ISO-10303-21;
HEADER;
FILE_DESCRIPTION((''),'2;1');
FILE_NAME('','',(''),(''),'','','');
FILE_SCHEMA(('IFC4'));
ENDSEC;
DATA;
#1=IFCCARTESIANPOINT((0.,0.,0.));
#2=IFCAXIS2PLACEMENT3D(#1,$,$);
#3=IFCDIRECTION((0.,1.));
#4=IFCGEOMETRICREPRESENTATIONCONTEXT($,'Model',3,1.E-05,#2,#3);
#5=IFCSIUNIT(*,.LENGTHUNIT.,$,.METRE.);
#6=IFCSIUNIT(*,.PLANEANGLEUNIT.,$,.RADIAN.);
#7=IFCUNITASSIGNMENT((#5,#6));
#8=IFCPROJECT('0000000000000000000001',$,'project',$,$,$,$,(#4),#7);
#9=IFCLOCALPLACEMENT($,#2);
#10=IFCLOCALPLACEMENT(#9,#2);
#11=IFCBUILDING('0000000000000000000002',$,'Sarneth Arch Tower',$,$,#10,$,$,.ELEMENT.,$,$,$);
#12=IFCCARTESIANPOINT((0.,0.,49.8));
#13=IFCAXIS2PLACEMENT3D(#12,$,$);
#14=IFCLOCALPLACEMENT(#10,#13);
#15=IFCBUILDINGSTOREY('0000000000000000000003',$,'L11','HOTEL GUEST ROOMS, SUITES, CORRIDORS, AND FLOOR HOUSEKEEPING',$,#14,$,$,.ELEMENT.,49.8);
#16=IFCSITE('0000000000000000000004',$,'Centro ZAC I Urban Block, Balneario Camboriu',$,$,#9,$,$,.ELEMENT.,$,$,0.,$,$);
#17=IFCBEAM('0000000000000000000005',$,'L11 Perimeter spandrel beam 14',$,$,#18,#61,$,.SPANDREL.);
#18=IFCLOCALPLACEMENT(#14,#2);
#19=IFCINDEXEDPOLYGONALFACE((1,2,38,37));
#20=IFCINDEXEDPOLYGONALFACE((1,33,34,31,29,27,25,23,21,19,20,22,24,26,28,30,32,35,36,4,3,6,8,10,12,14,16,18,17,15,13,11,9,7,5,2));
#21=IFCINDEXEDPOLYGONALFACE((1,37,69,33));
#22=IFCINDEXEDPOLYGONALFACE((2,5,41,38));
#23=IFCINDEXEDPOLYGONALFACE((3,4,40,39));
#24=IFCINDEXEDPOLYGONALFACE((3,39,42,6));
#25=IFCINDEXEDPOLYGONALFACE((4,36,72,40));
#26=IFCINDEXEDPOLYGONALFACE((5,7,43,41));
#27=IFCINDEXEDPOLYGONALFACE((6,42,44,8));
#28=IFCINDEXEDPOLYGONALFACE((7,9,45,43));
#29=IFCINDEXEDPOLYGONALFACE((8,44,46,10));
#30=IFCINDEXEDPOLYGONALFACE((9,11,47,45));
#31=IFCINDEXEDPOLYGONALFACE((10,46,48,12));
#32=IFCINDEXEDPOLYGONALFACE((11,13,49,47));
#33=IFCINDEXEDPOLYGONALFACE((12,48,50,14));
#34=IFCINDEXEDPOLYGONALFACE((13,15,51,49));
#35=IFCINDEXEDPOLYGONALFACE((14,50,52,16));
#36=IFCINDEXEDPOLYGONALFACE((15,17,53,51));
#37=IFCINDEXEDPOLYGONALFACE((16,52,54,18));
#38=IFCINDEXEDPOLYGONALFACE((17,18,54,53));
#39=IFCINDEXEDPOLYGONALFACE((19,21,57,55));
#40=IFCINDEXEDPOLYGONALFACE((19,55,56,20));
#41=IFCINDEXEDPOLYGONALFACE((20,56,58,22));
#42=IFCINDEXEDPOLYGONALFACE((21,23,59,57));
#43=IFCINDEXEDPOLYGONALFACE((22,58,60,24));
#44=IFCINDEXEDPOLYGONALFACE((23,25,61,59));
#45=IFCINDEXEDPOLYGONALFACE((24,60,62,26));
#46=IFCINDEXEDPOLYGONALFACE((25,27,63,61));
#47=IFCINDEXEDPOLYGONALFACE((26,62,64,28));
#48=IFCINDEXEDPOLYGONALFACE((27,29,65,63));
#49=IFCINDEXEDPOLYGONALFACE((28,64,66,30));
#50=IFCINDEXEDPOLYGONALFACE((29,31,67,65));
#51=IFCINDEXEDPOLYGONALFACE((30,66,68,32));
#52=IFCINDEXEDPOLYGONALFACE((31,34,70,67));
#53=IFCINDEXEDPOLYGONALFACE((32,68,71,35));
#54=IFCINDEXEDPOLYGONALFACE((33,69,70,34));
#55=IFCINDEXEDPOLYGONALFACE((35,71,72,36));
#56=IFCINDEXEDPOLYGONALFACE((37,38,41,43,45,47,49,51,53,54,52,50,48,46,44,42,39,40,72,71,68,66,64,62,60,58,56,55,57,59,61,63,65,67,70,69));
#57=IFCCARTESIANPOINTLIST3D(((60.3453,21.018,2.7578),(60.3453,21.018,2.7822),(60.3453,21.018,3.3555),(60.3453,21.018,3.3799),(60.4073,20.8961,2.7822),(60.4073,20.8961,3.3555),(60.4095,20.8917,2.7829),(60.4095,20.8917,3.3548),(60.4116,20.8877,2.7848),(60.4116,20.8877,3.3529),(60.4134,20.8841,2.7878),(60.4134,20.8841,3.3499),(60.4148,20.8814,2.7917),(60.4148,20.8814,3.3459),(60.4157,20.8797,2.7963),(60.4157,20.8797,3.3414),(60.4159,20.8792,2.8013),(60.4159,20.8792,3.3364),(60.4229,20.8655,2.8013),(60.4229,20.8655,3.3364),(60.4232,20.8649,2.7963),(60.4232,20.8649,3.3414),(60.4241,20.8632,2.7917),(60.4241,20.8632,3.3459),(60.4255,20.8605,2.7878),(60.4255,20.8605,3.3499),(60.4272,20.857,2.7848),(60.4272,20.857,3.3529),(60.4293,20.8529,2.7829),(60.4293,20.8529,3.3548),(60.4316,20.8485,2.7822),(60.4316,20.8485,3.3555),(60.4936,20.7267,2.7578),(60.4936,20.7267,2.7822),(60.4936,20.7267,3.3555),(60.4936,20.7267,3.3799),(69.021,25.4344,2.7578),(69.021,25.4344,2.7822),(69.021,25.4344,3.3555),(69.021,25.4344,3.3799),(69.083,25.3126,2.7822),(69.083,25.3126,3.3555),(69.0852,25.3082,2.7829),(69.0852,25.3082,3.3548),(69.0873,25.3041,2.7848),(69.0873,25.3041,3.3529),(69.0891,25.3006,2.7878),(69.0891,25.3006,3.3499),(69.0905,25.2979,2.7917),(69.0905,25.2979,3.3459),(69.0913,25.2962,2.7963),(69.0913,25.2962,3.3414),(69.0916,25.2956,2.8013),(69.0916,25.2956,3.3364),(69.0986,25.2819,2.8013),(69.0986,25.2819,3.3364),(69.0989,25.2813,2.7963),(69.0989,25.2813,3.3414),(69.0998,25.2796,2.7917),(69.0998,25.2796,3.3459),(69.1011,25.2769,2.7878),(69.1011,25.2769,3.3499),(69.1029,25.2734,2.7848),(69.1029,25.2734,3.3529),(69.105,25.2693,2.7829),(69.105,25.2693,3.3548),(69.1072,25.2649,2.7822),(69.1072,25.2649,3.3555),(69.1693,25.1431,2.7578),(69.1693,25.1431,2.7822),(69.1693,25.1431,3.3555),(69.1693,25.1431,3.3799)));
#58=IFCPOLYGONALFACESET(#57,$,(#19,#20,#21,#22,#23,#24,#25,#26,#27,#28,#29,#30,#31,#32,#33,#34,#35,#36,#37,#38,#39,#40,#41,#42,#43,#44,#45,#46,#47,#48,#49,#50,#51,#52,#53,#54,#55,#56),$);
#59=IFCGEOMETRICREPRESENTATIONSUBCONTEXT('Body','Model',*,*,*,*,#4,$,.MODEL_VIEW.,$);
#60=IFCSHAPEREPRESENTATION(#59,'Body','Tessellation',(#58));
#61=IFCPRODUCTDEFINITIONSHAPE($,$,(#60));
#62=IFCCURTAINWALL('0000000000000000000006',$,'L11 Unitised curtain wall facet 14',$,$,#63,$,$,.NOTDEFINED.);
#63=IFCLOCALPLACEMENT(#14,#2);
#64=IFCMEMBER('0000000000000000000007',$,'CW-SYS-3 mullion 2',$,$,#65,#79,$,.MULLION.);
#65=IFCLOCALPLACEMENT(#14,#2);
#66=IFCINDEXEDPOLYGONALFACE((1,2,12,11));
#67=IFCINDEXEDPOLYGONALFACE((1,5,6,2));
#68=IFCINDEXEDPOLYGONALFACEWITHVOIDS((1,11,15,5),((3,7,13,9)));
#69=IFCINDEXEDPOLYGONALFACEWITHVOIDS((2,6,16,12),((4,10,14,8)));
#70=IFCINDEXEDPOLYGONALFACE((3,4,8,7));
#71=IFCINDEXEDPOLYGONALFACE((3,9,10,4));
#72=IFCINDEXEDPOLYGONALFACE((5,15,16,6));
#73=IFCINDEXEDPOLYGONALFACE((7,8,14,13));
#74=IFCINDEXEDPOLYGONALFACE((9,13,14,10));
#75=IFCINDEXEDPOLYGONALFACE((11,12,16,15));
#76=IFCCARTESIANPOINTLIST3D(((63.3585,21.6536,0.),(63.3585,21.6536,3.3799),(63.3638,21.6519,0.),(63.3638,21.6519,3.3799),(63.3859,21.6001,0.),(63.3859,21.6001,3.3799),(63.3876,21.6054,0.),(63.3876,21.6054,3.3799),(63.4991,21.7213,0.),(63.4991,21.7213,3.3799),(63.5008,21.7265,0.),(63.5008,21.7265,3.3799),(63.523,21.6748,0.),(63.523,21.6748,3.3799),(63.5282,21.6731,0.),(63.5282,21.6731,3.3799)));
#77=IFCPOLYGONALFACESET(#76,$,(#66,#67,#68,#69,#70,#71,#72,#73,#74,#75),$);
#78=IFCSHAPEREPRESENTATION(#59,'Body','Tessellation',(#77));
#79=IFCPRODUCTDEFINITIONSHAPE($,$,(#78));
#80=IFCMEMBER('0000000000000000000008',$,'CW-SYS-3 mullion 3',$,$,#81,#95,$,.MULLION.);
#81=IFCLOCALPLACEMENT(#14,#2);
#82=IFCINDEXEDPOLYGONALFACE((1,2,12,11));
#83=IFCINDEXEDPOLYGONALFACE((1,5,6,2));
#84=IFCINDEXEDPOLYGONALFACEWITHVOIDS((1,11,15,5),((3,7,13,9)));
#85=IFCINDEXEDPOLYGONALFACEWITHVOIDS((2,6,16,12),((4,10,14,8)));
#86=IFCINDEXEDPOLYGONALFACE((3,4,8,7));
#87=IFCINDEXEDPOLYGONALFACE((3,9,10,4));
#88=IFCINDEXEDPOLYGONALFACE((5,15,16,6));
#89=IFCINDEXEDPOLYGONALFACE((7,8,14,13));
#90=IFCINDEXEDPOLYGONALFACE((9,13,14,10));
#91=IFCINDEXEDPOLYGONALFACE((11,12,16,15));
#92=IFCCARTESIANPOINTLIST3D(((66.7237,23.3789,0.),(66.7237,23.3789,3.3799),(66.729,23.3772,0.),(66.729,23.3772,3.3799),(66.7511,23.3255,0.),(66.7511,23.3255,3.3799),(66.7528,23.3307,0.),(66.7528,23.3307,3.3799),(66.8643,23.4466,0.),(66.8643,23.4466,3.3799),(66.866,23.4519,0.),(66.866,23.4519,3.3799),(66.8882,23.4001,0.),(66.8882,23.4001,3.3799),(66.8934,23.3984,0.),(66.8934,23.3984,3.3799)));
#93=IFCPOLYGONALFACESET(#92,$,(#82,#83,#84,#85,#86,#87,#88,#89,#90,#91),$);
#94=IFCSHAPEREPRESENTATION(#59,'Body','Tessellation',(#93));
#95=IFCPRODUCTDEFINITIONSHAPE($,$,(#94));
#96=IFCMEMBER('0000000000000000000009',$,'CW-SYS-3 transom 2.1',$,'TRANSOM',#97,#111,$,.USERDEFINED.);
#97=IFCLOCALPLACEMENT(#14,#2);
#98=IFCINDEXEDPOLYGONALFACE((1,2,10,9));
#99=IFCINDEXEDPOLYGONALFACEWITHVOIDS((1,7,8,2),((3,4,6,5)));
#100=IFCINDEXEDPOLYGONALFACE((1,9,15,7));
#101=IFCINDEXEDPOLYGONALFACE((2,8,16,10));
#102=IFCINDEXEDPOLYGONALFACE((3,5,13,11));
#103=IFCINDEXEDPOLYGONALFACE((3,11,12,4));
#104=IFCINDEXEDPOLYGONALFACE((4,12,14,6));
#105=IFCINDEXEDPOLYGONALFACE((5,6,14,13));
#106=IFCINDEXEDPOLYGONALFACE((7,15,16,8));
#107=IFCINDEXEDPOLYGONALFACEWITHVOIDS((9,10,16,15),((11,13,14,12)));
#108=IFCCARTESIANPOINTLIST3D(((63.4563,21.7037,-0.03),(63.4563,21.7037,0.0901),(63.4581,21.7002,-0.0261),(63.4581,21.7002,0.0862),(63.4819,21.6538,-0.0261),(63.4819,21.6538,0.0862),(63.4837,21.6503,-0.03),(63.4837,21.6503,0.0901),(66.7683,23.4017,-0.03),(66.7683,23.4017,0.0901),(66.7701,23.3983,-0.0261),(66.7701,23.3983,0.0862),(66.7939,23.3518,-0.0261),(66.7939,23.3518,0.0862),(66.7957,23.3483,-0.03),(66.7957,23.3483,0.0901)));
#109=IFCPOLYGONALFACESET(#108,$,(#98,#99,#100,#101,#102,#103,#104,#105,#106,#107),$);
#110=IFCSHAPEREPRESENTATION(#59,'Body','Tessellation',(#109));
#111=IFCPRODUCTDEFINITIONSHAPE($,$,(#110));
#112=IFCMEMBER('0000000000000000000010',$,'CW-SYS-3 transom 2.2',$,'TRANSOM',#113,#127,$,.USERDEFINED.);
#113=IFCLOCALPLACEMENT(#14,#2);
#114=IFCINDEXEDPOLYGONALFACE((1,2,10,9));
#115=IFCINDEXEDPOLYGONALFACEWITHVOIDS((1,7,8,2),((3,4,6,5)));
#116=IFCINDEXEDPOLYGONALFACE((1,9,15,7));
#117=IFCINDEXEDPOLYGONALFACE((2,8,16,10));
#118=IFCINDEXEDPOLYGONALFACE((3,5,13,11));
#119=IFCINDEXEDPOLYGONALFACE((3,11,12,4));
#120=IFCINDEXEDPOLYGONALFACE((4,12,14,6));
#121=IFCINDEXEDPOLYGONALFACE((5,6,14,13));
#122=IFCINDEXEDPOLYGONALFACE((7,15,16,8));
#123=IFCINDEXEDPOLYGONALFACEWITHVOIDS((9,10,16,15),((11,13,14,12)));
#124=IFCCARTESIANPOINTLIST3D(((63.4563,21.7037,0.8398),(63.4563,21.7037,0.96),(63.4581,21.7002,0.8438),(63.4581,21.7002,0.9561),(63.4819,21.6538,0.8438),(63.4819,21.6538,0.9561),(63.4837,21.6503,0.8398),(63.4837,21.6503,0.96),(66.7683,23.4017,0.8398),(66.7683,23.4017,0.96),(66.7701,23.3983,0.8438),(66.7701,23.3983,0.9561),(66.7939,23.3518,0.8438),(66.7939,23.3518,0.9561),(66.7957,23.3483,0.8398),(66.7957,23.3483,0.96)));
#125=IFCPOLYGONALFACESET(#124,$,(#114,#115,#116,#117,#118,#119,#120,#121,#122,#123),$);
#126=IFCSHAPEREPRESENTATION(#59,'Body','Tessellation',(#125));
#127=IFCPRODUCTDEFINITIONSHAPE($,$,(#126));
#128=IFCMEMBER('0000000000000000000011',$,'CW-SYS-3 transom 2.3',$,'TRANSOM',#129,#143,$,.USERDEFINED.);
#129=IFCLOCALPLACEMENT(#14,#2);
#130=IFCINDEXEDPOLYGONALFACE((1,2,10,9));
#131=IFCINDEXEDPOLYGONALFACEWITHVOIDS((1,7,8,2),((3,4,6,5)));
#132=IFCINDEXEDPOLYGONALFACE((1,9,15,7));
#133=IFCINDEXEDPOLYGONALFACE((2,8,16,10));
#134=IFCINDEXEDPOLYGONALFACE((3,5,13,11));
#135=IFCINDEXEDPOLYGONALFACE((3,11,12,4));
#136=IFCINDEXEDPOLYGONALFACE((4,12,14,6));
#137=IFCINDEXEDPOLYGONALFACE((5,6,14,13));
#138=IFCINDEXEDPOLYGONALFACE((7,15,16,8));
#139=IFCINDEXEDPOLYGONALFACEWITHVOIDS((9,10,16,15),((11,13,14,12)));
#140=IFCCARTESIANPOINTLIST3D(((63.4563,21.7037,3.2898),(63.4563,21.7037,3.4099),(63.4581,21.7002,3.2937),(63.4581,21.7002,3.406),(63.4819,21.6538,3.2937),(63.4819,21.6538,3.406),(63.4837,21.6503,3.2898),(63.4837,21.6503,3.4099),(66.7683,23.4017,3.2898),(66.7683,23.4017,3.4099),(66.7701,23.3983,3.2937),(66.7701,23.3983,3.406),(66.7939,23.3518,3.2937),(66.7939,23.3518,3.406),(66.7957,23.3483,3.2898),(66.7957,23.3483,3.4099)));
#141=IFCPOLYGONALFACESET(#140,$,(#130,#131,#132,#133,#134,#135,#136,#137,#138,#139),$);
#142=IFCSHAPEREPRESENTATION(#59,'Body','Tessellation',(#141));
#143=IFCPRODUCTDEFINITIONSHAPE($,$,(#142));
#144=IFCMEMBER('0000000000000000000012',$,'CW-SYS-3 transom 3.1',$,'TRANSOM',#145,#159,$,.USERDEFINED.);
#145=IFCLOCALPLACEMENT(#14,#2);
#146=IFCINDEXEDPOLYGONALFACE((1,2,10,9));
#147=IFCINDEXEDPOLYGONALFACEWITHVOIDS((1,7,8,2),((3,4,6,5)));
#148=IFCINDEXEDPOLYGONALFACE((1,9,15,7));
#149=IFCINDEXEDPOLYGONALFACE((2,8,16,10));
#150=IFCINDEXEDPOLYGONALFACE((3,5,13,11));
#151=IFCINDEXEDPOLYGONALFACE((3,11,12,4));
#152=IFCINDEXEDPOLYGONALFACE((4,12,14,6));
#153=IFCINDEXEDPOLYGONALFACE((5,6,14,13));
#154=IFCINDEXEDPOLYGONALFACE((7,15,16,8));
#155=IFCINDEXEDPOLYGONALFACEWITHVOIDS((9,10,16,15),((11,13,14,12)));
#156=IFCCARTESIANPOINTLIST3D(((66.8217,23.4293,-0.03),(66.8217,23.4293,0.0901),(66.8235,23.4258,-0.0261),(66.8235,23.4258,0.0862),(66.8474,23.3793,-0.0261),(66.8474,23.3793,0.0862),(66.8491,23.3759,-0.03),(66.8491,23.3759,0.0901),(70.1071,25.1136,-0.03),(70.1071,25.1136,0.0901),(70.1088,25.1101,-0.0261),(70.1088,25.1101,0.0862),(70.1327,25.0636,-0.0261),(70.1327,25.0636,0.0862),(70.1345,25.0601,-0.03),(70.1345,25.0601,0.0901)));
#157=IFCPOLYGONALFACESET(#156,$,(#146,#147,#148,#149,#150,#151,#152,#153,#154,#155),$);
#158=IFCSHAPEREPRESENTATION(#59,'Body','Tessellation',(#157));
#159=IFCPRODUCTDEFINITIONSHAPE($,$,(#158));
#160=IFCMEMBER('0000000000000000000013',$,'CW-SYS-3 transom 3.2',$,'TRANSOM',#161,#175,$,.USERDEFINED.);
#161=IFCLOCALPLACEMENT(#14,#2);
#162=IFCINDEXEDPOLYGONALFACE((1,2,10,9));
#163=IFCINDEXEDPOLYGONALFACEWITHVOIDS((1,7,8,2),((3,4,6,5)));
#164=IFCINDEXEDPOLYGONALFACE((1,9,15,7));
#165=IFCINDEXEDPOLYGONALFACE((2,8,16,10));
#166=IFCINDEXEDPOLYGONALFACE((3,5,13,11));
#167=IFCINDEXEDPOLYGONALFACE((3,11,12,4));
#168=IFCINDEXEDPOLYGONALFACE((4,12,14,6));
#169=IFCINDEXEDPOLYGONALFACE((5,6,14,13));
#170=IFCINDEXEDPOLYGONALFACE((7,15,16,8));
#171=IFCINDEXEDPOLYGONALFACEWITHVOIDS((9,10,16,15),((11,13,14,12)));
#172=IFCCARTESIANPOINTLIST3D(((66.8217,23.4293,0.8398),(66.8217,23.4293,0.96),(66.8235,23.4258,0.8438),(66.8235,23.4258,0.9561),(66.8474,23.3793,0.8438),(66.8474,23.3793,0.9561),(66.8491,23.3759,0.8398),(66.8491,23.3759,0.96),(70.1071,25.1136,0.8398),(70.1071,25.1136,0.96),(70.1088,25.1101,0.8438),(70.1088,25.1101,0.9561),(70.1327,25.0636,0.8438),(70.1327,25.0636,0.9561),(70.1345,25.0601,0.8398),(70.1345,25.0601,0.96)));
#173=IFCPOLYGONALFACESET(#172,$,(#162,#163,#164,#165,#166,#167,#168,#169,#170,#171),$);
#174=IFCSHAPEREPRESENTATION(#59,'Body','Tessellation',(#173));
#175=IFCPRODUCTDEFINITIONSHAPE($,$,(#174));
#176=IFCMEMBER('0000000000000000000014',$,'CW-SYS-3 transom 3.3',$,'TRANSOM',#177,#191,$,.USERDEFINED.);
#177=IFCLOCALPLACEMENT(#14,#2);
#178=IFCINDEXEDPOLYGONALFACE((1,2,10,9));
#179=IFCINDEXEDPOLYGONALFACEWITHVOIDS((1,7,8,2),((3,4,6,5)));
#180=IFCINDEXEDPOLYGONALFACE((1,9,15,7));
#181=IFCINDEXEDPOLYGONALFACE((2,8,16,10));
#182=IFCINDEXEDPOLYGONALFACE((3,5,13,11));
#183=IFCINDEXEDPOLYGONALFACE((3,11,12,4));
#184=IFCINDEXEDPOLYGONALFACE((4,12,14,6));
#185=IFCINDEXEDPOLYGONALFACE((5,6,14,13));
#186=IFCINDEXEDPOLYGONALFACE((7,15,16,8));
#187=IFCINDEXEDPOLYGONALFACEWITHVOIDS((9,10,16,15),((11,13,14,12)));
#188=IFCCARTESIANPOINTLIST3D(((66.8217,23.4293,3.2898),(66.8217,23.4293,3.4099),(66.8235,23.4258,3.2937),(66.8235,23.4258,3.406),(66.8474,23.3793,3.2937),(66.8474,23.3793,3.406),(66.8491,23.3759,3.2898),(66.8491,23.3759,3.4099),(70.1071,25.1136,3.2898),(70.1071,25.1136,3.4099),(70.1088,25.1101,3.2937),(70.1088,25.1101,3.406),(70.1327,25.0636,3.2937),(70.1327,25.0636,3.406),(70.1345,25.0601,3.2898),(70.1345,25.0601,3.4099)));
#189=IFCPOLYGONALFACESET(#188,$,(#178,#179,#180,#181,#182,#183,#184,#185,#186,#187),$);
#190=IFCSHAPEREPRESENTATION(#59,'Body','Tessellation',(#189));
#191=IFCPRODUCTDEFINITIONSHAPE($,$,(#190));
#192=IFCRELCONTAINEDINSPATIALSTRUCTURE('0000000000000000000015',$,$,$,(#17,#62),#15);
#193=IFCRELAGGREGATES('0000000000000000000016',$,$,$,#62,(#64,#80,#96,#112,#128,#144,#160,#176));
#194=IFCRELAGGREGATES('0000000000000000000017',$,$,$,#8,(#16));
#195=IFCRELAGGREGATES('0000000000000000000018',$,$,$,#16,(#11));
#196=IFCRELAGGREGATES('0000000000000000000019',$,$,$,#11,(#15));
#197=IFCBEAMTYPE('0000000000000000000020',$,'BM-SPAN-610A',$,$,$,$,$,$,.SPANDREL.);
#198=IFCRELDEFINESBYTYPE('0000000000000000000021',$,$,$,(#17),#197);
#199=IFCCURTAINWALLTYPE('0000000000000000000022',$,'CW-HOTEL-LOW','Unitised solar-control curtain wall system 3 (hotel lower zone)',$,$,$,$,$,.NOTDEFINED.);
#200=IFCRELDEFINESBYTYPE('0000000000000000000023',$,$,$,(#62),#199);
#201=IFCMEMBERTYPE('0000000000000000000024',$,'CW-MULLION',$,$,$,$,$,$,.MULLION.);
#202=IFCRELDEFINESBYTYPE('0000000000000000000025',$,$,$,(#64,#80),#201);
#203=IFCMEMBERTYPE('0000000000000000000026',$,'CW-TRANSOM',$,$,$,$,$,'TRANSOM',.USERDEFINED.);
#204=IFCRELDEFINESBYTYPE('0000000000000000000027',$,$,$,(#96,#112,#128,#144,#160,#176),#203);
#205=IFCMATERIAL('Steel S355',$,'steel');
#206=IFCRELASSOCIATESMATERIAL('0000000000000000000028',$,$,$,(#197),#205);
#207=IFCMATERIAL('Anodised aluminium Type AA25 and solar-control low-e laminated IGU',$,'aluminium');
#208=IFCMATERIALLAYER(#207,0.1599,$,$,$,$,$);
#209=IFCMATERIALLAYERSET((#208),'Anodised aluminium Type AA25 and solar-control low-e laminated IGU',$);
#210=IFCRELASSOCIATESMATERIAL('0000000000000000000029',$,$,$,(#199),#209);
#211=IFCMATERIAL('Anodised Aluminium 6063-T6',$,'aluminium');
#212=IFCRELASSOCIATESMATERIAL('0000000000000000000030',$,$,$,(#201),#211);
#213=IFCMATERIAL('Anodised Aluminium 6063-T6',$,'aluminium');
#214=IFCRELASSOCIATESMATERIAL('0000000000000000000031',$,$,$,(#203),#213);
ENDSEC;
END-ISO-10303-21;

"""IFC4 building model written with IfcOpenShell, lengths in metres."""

from ifc_helpers import new_model, si_unit, direction, frame, origin, origin_2d, place, context, subcontext, project, spatial, hollow_rectangle, i_section, extrude, material, layer, layer_set, material_profile, profile_set, type_object, element, aggregate, save


model = new_model("IFC4")

# Units and contexts
model_context = context("Model", 3, precision=1e-05, world=origin(), true_north=direction((0.0, 1.0)))
body_context = subcontext(model_context, "Body", "Model", "MODEL_VIEW")
ifc_project = project(units=[si_unit("LENGTHUNIT", "METRE"), si_unit("PLANEANGLEUNIT", "RADIAN")], contexts=[model_context])

# Site, building, storey
site_placement = place(None, origin())
site = spatial("IfcSite", under=ifc_project, at=site_placement, Name="Centro ZAC I Urban Block, Balneario Camboriu", CompositionType="ELEMENT", RefElevation=0.0)
building_placement = place(site_placement, origin())
building = spatial("IfcBuilding", under=site, at=building_placement, Name="Sarneth Arch Tower", CompositionType="ELEMENT")
storey_placement = place(building_placement, frame((0.0, 0.0, 49.8)))
storey = spatial("IfcBuildingStorey", under=building, at=storey_placement, Name="L11", Description="HOTEL GUEST ROOMS, SUITES, CORRIDORS, AND FLOOR HOUSEKEEPING", CompositionType="ELEMENT", Elevation=49.8)

# Beam
ifc_material_1 = material(Name="Steel S355", Category="steel")
ifc_material_profile_1 = material_profile(ifc_material_1, i_section(OverallWidth=0.3269, OverallDepth=0.6221, WebThickness=0.0154, FlangeThickness=0.0244, FilletRadius=0.019, at=origin_2d()), Name="W610x195")
ifc_profile_set_1 = profile_set([ifc_material_profile_1], Name="Steel S355")
beam_type = type_object("IfcBeamType", Name="BM-SPAN-610A", PredefinedType="SPANDREL", material=ifc_profile_set_1)
beam_placement = place(storey_placement, frame((60.4194, 20.8723, 3.0688), z_axis=(0.891174, 0.453662, 0.0), x_axis=(-0.453662, 0.891174, 0.0)))
element("IfcBeam", 1, at=beam_placement, inside=storey, type_object=beam_type, Name="L11 Perimeter spandrel beam 14", PredefinedType="SPANDREL", context=body_context, shape_type="SweptSolid", body=[
    extrude(i_section(OverallWidth=0.3269, OverallDepth=0.6221, WebThickness=0.0154, FlangeThickness=0.0244, FilletRadius=0.019, at=origin_2d()), origin(), (0.0, 0.0, 1.0), 9.7351),
])

# Curtain wall, members
ifc_material_2 = material(Name="Anodised aluminium Type AA25 and solar-control low-e laminated IGU", Category="aluminium")
ifc_layer_1 = layer(ifc_material_2, 0.1599)
ifc_layer_set_1 = layer_set([ifc_layer_1], Name="Anodised aluminium Type AA25 and solar-control low-e laminated IGU")
curtain_wall_type = type_object("IfcCurtainWallType", Name="CW-HOTEL-LOW", Description="Unitised solar-control curtain wall system 3 (hotel lower zone)", PredefinedType="NOTDEFINED", material=ifc_layer_set_1)
curtain_wall_placement = place(storey_placement, origin())
curtain_wall = element("IfcCurtainWall", 2, at=curtain_wall_placement, inside=storey, type_object=curtain_wall_type, Name="L11 Unitised curtain wall facet 14", PredefinedType="NOTDEFINED")
ifc_material_3 = material(Name="Anodised Aluminium 6063-T6", Category="aluminium")
ifc_material_profile_2 = material_profile(ifc_material_3, hollow_rectangle(XDim=0.0601, YDim=0.1599, WallThickness=0.0039, at=origin_2d()), Name="AL-MULL-160x60x4")
ifc_profile_set_2 = profile_set([ifc_material_profile_2], Name="Anodised Aluminium 6063-T6")
member_type_1 = type_object("IfcMemberType", Name="CW-MULLION", PredefinedType="MULLION", material=ifc_profile_set_2)
member_1_placement = place(storey_placement, frame((63.4434, 21.6633, 0.0), z_axis=(0.0, 0.0, 1.0), x_axis=(-0.456245, 0.889854, 0.0)))
member_1 = element("IfcMember", 3, at=member_1_placement, type_object=member_type_1, Name="CW-SYS-3 mullion 2", PredefinedType="MULLION", context=body_context, shape_type="SweptSolid", body=[
    extrude(hollow_rectangle(XDim=0.0601, YDim=0.1599, WallThickness=0.0039, at=origin_2d()), origin(), (0.0, 0.0, 1.0), 3.3799),
])
member_2_placement = place(storey_placement, frame((66.8086, 23.3887, 0.0), z_axis=(0.0, 0.0, 1.0), x_axis=(-0.456245, 0.889854, 0.0)))
member_2 = element("IfcMember", 4, at=member_2_placement, type_object=member_type_1, Name="CW-SYS-3 mullion 3", PredefinedType="MULLION", context=body_context, shape_type="SweptSolid", body=[
    extrude(hollow_rectangle(XDim=0.0601, YDim=0.1599, WallThickness=0.0039, at=origin_2d()), origin(), (0.0, 0.0, 1.0), 3.3799),
])
ifc_material_4 = material(Name="Anodised Aluminium 6063-T6", Category="aluminium")
ifc_material_profile_3 = material_profile(ifc_material_4, hollow_rectangle(XDim=0.0601, YDim=0.1201, WallThickness=0.0039, at=origin_2d()), Name="AL-TRAN-120x60x4")
ifc_profile_set_3 = profile_set([ifc_material_profile_3], Name="Anodised Aluminium 6063-T6")
member_type_2 = type_object("IfcMemberType", Name="CW-TRANSOM", ElementType="TRANSOM", PredefinedType="USERDEFINED", material=ifc_profile_set_3)
member_3_placement = place(storey_placement, frame((63.47, 21.677, 0.03), z_axis=(0.889869, 0.456217, 0.0), x_axis=(-0.456217, 0.889869, 0.0)))
member_3 = element("IfcMember", 5, at=member_3_placement, type_object=member_type_2, Name="CW-SYS-3 transom 2.1", ObjectType="TRANSOM", PredefinedType="USERDEFINED", context=body_context, shape_type="SweptSolid", body=[
    extrude(hollow_rectangle(XDim=0.0601, YDim=0.1201, WallThickness=0.0039, at=origin_2d()), origin(), (0.0, 0.0, 1.0), 3.7219),
])
member_4_placement = place(storey_placement, frame((63.47, 21.677, 0.8999), z_axis=(0.889869, 0.456217, 0.0), x_axis=(-0.456217, 0.889869, 0.0)))
member_4 = element("IfcMember", 6, at=member_4_placement, type_object=member_type_2, Name="CW-SYS-3 transom 2.2", ObjectType="TRANSOM", PredefinedType="USERDEFINED", context=body_context, shape_type="SweptSolid", body=[
    extrude(hollow_rectangle(XDim=0.0601, YDim=0.1201, WallThickness=0.0039, at=origin_2d()), origin(), (0.0, 0.0, 1.0), 3.7219),
])
member_5_placement = place(storey_placement, frame((63.47, 21.677, 3.3499), z_axis=(0.889869, 0.456217, 0.0), x_axis=(-0.456217, 0.889869, 0.0)))
member_5 = element("IfcMember", 7, at=member_5_placement, type_object=member_type_2, Name="CW-SYS-3 transom 2.3", ObjectType="TRANSOM", PredefinedType="USERDEFINED", context=body_context, shape_type="SweptSolid", body=[
    extrude(hollow_rectangle(XDim=0.0601, YDim=0.1201, WallThickness=0.0039, at=origin_2d()), origin(), (0.0, 0.0, 1.0), 3.7219),
])
member_6_placement = place(storey_placement, frame((66.8354, 23.4026, 0.03), z_axis=(0.889872, 0.456211, 0.0), x_axis=(-0.456211, 0.889872, 0.0)))
member_6 = element("IfcMember", 8, at=member_6_placement, type_object=member_type_2, Name="CW-SYS-3 transom 3.1", ObjectType="TRANSOM", PredefinedType="USERDEFINED", context=body_context, shape_type="SweptSolid", body=[
    extrude(hollow_rectangle(XDim=0.0601, YDim=0.1201, WallThickness=0.0039, at=origin_2d()), origin(), (0.0, 0.0, 1.0), 3.6919),
])
member_7_placement = place(storey_placement, frame((66.8354, 23.4026, 0.8999), z_axis=(0.889872, 0.456211, 0.0), x_axis=(-0.456211, 0.889872, 0.0)))
member_7 = element("IfcMember", 9, at=member_7_placement, type_object=member_type_2, Name="CW-SYS-3 transom 3.2", ObjectType="TRANSOM", PredefinedType="USERDEFINED", context=body_context, shape_type="SweptSolid", body=[
    extrude(hollow_rectangle(XDim=0.0601, YDim=0.1201, WallThickness=0.0039, at=origin_2d()), origin(), (0.0, 0.0, 1.0), 3.6919),
])
member_8_placement = place(storey_placement, frame((66.8354, 23.4026, 3.3499), z_axis=(0.889872, 0.456211, 0.0), x_axis=(-0.456211, 0.889872, 0.0)))
member_8 = element("IfcMember", 10, at=member_8_placement, type_object=member_type_2, Name="CW-SYS-3 transom 3.3", ObjectType="TRANSOM", PredefinedType="USERDEFINED", context=body_context, shape_type="SweptSolid", body=[
    extrude(hollow_rectangle(XDim=0.0601, YDim=0.1201, WallThickness=0.0039, at=origin_2d()), origin(), (0.0, 0.0, 1.0), 3.6919),
])
aggregate(curtain_wall, [member_1, member_2, member_3, member_4, member_5, member_6, member_7, member_8])

save(model, "model.ifc")
